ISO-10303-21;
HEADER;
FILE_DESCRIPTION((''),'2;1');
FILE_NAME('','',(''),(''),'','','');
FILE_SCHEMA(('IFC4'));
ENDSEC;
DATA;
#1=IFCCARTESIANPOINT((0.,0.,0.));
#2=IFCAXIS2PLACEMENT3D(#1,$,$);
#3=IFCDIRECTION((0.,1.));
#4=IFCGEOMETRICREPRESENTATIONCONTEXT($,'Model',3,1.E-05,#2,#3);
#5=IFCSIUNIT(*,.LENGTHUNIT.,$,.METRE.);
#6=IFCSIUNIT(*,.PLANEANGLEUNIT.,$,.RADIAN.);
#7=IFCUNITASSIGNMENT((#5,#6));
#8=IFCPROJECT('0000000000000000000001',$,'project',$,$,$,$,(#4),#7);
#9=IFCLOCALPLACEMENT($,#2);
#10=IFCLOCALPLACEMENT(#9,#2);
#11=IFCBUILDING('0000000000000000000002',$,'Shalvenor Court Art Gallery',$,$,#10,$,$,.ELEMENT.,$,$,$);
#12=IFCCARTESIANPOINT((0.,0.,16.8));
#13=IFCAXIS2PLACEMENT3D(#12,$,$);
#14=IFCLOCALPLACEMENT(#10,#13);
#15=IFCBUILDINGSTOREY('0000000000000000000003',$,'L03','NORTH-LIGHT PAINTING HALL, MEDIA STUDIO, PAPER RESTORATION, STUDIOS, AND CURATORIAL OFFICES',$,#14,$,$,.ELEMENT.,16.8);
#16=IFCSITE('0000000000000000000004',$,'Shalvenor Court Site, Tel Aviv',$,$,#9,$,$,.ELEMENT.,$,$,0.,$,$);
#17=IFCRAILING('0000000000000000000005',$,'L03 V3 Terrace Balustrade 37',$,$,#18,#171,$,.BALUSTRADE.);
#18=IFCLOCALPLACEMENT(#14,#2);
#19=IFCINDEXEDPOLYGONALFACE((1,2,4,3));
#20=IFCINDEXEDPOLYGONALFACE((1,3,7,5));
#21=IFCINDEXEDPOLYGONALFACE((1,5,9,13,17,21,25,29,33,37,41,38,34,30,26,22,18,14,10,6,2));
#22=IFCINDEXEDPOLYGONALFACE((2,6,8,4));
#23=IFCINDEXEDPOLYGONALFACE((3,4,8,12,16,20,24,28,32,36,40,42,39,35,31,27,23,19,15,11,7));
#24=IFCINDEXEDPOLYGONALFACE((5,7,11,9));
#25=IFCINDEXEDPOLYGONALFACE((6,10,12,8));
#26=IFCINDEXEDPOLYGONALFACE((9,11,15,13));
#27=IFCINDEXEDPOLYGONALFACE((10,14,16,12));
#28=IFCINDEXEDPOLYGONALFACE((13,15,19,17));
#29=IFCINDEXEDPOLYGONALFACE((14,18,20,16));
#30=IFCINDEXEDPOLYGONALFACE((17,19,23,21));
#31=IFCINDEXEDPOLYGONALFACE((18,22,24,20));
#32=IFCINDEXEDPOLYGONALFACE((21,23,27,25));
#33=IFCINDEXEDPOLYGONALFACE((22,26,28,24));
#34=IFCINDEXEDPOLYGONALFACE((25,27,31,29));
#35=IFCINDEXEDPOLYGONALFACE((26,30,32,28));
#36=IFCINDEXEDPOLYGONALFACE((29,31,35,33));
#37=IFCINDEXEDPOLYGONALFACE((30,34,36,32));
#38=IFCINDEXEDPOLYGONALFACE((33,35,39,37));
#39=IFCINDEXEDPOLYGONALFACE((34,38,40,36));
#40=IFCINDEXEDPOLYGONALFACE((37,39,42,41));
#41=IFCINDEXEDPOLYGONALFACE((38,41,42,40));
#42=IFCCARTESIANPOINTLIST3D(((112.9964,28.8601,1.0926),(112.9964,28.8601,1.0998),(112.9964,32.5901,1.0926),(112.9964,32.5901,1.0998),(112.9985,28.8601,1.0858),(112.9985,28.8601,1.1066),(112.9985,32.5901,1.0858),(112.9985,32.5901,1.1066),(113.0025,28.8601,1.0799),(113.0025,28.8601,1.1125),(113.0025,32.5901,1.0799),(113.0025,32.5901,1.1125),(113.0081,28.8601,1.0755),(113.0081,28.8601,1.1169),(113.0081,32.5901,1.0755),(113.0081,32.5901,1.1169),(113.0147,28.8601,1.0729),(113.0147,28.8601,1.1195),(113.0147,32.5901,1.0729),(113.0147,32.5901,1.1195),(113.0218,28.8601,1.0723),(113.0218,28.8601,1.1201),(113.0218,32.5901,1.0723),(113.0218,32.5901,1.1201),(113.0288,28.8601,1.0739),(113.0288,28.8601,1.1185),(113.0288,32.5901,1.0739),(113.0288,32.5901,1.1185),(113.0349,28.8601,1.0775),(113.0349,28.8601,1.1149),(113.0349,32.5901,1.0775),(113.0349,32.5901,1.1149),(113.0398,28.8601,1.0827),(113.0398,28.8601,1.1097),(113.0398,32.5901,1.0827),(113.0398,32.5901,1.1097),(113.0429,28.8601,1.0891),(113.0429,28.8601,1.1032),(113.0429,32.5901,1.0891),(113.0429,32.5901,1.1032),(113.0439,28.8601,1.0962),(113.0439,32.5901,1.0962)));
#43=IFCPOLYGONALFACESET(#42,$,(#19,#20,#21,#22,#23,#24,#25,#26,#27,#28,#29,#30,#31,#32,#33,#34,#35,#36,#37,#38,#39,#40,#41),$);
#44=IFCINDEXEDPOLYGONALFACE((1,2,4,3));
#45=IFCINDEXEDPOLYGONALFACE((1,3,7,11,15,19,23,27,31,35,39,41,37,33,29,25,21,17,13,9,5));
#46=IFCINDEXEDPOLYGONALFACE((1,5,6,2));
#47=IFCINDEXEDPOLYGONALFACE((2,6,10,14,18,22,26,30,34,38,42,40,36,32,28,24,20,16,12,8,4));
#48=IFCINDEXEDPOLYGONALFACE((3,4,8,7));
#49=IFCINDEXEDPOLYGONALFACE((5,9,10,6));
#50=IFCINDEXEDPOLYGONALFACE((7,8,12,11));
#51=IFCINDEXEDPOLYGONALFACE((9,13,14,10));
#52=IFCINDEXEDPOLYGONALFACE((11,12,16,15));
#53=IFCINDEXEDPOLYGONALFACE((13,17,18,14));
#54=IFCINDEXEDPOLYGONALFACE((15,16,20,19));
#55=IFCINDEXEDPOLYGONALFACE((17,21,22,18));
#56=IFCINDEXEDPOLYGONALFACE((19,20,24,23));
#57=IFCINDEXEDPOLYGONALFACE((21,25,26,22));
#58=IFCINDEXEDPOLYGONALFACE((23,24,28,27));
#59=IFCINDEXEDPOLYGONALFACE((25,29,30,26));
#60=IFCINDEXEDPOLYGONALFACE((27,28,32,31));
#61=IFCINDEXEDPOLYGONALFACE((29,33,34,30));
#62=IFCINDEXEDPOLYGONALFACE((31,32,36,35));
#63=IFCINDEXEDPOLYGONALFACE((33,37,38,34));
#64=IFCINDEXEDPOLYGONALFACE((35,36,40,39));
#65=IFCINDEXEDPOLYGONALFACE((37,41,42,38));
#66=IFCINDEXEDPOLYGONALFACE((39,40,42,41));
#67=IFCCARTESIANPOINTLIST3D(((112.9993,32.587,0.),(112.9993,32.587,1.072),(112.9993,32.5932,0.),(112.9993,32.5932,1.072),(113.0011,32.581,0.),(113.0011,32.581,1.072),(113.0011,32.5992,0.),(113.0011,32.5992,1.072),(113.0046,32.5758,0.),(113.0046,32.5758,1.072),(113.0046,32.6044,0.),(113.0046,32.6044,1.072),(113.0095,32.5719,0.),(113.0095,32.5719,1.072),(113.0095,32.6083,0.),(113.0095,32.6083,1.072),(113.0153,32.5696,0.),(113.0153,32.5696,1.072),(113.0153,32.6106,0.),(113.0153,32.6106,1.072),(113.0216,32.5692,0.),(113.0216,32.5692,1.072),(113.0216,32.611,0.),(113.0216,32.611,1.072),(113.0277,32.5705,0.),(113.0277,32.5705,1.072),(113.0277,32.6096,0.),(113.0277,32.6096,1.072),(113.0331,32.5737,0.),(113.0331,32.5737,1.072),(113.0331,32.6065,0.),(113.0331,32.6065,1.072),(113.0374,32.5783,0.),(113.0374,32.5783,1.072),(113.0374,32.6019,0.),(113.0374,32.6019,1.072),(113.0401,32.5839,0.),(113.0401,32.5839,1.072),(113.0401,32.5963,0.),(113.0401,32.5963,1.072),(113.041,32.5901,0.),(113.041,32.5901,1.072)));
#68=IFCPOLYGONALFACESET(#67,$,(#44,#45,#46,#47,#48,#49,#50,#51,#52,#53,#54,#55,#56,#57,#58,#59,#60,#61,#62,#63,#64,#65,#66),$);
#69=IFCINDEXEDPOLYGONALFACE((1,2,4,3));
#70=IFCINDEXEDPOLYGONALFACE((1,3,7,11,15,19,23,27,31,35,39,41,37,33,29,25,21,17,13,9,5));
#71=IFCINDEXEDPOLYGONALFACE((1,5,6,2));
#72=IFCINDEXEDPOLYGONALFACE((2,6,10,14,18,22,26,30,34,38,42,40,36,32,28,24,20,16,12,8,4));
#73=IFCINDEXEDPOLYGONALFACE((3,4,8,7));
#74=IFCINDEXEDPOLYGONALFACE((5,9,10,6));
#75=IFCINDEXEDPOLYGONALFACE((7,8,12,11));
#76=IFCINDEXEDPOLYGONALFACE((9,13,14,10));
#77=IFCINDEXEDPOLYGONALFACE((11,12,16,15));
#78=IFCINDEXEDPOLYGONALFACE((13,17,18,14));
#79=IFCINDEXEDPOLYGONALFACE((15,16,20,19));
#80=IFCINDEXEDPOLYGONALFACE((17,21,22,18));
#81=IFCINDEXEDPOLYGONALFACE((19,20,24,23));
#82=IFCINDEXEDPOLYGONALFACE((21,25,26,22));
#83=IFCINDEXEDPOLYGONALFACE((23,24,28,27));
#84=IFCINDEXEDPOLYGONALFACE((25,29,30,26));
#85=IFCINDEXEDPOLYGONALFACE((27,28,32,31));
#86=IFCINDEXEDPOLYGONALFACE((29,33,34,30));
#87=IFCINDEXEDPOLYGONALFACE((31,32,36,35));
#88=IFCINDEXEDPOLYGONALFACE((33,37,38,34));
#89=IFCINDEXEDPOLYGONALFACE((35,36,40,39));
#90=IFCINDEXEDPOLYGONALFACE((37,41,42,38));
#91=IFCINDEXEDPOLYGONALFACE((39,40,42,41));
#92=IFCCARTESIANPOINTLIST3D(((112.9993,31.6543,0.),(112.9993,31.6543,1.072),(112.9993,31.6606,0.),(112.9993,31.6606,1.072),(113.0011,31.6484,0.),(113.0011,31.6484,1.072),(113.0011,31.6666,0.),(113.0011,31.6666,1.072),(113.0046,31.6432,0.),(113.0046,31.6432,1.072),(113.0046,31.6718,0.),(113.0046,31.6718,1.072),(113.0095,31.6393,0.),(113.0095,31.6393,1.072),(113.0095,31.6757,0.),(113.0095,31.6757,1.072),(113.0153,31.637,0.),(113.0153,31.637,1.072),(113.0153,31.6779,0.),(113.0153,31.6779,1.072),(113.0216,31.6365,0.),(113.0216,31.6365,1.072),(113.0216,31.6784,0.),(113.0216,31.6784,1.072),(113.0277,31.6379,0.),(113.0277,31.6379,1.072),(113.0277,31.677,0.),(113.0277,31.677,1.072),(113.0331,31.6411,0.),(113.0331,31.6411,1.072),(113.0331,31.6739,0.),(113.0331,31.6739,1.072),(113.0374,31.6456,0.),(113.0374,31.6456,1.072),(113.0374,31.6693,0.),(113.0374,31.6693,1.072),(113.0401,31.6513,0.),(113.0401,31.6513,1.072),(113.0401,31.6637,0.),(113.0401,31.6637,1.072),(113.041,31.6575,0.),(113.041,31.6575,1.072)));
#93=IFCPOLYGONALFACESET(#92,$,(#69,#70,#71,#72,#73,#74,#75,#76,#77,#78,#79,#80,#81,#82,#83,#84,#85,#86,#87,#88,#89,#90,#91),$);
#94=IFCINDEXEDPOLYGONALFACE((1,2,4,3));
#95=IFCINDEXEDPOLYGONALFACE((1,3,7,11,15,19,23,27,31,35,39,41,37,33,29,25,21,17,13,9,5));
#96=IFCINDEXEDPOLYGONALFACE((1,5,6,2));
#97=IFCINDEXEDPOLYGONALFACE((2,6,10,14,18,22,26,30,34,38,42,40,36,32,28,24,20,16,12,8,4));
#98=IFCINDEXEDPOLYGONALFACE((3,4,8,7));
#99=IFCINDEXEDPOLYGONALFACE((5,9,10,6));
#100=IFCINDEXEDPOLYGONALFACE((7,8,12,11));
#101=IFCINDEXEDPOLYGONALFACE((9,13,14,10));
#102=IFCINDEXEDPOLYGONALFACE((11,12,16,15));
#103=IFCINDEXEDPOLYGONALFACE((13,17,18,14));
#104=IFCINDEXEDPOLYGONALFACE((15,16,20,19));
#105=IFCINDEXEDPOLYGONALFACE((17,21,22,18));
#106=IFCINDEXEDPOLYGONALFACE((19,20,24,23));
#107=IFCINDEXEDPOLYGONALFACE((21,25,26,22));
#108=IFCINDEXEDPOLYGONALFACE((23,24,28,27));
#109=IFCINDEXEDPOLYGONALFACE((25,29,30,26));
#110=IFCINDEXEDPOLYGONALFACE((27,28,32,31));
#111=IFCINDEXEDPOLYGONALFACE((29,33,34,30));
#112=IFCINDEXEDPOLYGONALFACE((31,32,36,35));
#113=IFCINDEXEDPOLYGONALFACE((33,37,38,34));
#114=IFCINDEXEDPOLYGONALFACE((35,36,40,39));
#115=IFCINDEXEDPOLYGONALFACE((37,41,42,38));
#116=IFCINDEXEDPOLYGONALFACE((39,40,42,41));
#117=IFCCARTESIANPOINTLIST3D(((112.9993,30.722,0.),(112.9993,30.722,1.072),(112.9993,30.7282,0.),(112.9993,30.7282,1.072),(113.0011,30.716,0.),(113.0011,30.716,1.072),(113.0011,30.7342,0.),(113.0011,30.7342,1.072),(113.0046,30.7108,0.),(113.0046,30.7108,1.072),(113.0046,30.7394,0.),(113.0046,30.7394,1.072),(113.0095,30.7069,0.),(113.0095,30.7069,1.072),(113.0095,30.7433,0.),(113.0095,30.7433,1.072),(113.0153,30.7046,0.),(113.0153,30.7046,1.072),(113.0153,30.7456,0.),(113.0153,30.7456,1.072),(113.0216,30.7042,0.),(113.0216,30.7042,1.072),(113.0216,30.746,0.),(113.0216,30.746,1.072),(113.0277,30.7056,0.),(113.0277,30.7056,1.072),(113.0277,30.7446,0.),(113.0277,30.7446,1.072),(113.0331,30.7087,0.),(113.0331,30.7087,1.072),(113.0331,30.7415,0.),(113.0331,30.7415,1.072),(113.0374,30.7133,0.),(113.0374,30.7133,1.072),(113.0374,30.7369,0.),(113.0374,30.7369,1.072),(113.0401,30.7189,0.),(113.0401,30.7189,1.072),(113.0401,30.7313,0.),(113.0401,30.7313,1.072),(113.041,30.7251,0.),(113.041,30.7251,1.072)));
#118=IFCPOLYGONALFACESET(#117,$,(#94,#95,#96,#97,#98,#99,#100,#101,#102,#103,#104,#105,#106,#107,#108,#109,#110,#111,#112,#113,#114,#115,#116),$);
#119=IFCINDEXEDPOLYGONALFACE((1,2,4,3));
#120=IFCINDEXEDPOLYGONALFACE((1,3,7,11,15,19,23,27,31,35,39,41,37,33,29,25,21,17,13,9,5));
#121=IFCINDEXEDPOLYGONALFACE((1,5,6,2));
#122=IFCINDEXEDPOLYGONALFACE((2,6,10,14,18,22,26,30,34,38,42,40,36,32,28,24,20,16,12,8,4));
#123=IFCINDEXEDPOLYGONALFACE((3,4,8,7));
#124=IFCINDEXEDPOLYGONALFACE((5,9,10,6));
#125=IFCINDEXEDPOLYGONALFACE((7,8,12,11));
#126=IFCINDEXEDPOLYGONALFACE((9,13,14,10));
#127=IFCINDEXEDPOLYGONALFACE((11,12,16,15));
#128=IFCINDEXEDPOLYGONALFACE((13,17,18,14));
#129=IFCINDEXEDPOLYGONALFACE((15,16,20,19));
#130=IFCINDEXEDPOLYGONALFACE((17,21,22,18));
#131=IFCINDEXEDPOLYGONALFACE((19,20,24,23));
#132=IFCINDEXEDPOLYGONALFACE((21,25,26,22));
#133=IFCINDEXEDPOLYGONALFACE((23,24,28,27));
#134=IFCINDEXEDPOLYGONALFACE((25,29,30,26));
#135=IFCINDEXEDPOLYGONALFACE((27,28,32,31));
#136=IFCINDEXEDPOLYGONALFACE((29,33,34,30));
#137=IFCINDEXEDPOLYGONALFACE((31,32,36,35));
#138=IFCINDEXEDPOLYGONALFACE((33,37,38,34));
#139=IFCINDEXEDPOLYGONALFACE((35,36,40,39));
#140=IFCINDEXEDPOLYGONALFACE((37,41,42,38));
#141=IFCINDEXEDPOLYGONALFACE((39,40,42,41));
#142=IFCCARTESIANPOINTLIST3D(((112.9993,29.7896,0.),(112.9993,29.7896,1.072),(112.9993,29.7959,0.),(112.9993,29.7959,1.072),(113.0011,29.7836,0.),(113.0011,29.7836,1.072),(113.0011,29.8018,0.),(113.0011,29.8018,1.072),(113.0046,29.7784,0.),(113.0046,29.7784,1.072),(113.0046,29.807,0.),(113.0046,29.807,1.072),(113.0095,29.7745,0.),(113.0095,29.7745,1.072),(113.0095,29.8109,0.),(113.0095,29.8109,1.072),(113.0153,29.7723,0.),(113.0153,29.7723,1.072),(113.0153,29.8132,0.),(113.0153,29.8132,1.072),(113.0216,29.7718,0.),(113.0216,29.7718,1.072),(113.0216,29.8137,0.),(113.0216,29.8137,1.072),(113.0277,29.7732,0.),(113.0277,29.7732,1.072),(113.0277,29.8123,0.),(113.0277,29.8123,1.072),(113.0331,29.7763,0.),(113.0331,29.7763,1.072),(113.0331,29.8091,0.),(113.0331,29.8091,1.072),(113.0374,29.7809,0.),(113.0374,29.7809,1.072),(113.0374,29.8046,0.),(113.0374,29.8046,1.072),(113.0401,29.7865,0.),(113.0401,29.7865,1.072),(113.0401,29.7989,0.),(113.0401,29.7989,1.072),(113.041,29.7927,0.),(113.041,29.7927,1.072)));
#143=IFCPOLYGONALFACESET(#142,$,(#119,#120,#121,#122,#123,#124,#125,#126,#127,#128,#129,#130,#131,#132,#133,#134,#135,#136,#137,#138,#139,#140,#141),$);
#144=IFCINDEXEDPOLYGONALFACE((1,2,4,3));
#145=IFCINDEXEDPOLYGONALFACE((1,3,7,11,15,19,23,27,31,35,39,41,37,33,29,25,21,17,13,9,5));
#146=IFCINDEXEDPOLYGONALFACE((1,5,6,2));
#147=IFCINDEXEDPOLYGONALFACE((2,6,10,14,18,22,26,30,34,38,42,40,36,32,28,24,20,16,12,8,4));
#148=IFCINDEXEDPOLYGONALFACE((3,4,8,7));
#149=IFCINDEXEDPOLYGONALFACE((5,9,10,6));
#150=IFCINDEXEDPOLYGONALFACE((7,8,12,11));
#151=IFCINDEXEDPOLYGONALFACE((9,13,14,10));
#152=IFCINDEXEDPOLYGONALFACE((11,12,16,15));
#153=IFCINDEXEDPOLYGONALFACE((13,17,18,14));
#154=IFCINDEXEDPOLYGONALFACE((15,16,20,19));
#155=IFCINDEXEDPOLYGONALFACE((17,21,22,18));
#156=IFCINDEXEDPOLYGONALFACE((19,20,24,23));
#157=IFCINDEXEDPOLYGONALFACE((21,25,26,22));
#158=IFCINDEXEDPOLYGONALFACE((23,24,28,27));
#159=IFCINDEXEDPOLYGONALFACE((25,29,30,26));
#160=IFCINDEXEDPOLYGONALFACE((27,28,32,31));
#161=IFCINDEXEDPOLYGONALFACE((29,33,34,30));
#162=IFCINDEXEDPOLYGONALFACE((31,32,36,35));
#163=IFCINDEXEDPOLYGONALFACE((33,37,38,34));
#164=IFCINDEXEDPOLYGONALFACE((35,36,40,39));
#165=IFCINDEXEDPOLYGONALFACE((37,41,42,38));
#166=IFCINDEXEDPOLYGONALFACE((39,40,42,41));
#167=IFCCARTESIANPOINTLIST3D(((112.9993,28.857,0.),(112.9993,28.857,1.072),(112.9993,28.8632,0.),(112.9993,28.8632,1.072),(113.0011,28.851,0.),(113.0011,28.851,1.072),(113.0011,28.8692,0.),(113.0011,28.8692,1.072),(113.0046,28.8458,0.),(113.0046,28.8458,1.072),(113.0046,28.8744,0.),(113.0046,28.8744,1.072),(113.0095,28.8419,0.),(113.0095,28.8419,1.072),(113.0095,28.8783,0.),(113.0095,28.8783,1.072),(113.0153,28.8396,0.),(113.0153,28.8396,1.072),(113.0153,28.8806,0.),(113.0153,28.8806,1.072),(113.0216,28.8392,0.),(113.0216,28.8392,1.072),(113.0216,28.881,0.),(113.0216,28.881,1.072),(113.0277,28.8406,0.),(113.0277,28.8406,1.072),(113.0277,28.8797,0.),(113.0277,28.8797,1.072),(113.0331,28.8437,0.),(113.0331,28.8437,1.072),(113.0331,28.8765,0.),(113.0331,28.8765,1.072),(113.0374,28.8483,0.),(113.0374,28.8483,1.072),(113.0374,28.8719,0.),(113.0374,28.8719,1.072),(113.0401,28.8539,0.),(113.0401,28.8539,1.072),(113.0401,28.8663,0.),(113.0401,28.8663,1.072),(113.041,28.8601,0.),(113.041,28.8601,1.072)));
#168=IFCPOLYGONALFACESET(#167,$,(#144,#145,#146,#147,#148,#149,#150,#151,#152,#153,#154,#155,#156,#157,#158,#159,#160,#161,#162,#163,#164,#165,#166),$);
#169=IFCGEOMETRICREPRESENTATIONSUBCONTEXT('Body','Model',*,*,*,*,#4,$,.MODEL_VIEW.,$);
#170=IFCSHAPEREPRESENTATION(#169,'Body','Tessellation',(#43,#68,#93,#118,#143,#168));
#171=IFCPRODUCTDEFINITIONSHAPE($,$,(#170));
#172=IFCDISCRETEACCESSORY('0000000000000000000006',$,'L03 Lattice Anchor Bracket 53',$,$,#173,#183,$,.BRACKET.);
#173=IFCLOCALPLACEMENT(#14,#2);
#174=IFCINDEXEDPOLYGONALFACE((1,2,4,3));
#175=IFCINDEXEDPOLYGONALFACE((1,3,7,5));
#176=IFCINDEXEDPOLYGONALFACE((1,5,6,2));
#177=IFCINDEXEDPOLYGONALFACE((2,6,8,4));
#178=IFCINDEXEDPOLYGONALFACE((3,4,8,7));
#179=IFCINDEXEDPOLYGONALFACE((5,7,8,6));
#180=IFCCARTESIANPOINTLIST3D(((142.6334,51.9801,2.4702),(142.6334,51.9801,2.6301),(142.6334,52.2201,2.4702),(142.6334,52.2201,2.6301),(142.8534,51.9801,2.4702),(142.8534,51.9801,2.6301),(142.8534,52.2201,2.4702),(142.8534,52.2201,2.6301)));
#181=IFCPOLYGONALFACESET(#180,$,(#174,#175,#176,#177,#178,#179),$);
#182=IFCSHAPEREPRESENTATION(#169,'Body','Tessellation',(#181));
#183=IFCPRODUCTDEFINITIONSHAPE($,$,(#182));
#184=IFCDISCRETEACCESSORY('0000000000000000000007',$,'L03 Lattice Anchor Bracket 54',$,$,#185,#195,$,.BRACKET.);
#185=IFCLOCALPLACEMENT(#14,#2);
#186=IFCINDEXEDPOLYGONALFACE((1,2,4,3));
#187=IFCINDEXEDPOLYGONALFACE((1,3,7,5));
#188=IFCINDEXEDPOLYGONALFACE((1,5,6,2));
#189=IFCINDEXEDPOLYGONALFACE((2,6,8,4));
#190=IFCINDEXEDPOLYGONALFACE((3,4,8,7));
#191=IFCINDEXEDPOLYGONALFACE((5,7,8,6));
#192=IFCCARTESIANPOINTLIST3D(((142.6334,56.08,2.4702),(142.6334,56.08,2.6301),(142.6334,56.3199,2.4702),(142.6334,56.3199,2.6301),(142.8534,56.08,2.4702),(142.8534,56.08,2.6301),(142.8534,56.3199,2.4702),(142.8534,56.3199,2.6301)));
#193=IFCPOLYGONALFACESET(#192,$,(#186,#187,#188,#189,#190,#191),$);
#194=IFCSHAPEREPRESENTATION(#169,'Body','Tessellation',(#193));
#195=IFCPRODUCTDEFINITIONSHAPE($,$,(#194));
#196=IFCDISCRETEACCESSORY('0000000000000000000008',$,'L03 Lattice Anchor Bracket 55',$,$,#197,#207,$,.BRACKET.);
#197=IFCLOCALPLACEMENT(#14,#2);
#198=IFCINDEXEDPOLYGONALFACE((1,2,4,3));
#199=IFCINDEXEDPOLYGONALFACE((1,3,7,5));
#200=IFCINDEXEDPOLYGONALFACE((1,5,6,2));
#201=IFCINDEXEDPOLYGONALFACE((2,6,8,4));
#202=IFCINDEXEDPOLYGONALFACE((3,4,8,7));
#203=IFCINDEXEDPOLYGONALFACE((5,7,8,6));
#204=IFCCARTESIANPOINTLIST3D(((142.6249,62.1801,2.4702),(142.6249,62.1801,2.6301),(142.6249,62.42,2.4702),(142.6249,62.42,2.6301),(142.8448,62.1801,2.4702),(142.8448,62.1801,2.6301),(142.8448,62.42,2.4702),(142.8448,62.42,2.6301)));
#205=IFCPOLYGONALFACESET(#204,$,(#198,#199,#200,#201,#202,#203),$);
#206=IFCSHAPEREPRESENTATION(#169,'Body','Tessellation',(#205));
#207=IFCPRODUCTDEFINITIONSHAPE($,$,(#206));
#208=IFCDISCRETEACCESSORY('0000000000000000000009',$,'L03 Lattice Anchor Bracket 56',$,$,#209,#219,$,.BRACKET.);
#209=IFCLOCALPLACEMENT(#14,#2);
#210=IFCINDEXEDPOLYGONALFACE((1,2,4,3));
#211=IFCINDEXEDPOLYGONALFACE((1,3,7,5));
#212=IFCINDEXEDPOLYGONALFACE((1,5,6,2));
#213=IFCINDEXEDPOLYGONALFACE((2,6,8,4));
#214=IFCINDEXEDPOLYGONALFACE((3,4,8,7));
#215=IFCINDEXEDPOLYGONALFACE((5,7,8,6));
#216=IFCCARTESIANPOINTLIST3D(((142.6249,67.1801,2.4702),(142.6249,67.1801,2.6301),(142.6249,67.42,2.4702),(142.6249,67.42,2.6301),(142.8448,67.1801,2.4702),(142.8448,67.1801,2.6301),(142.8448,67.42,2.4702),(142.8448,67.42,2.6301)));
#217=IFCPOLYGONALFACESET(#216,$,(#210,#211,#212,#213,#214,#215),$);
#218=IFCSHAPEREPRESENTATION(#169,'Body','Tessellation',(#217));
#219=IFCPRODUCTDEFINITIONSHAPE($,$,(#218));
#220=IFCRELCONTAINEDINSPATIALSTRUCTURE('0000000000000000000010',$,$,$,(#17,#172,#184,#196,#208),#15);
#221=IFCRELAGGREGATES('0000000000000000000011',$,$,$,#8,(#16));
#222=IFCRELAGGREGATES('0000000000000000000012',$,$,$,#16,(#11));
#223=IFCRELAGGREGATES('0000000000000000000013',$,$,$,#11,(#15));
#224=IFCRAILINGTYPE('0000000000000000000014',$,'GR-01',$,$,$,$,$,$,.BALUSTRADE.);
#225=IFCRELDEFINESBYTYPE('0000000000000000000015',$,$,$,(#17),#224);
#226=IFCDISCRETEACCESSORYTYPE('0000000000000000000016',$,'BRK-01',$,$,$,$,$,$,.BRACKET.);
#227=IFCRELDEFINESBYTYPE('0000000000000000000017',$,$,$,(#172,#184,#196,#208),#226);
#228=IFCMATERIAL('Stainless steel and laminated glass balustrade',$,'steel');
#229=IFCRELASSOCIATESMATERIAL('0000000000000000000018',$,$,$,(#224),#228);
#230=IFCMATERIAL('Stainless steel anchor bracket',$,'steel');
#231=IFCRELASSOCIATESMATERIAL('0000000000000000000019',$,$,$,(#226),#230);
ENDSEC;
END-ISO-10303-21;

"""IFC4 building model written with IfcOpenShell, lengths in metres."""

from ifc_helpers import new_model, si_unit, direction, frame, origin, origin_2d, place, context, subcontext, project, spatial, rectangle, circle, extrude, material, type_object, element, save


model = new_model("IFC4")

# Units and contexts
model_context = context("Model", 3, precision=1e-05, world=origin(), true_north=direction((0.0, 1.0)))
body_context = subcontext(model_context, "Body", "Model", "MODEL_VIEW")
ifc_project = project(units=[si_unit("LENGTHUNIT", "METRE"), si_unit("PLANEANGLEUNIT", "RADIAN")], contexts=[model_context])

# Site, building, storey
site_placement = place(None, origin())
site = spatial("IfcSite", under=ifc_project, at=site_placement, Name="Shalvenor Court Site, Tel Aviv", CompositionType="ELEMENT", RefElevation=0.0)
building_placement = place(site_placement, origin())
building = spatial("IfcBuilding", under=site, at=building_placement, Name="Shalvenor Court Art Gallery", CompositionType="ELEMENT")
storey_placement = place(building_placement, frame((0.0, 0.0, 16.8)))
storey = spatial("IfcBuildingStorey", under=building, at=storey_placement, Name="L03", Description="NORTH-LIGHT PAINTING HALL, MEDIA STUDIO, PAPER RESTORATION, STUDIOS, AND CURATORIAL OFFICES", CompositionType="ELEMENT", Elevation=16.8)

# Railing
ifc_material_1 = material(Name="Stainless steel and laminated glass balustrade", Category="steel")
railing_type = type_object("IfcRailingType", Name="GR-01", PredefinedType="BALUSTRADE", material=ifc_material_1)
railing_1_placement = place(storey_placement, frame((113.02, 32.5901, 0.0)))
element("IfcRailing", 1, at=railing_1_placement, inside=storey, type_object=railing_type, Name="L03 V3 Terrace Balustrade 37", PredefinedType="BALUSTRADE", context=body_context, shape_type="SweptSolid", body=[
    extrude(circle(Radius=0.0239, at=origin_2d()), frame((0.0, 0.0, 1.0962), z_axis=(0.0, -1.0, 0.0), x_axis=(1.0, 0.0, 0.0)), (0.0, 0.0, 1.0), 3.73),
    extrude(circle(Radius=0.021, at=origin_2d()), origin(), (0.0, 0.0, 1.0), 1.072),
    extrude(circle(Radius=0.021, at=origin_2d()), frame((0.0, -0.9326, 0.0)), (0.0, 0.0, 1.0), 1.072),
    extrude(circle(Radius=0.021, at=origin_2d()), frame((0.0, -1.865, 0.0)), (0.0, 0.0, 1.0), 1.072),
    extrude(circle(Radius=0.021, at=origin_2d()), frame((0.0, -2.7974, 0.0)), (0.0, 0.0, 1.0), 1.072),
    extrude(circle(Radius=0.021, at=origin_2d()), frame((0.0, -3.73, 0.0)), (0.0, 0.0, 1.0), 1.072),
])

# Discrete accessories
ifc_material_2 = material(Name="Stainless steel anchor bracket", Category="steel")
discrete_accessory_type = type_object("IfcDiscreteAccessoryType", Name="BRK-01", PredefinedType="BRACKET", material=ifc_material_2)
for number, where, z_axis, x_axis, name in (
    (2, (142.7434, 52.1001, 2.4702), (0.0, 0.0, 1.0), (0.0, 1.0, 0.0), "L03 Lattice Anchor Bracket 53"),
    (3, (142.7434, 56.2, 2.4702), (0.0, 0.0, 1.0), (0.0, 1.0, 0.0), "L03 Lattice Anchor Bracket 54"),
    (4, (142.7349, 62.3, 2.4702), (0.0, 0.0, 1.0), (0.0, 1.0, 0.0), "L03 Lattice Anchor Bracket 55"),
    (5, (142.7349, 67.3, 2.4702), (0.0, 0.0, 1.0), (0.0, 1.0, 0.0), "L03 Lattice Anchor Bracket 56"),
):
    element("IfcDiscreteAccessory", number, at=place(storey_placement, frame(where, z_axis=z_axis, x_axis=x_axis)), inside=storey, type_object=discrete_accessory_type, Name=name, PredefinedType="BRACKET", context=body_context, shape_type="SweptSolid", body=[
        extrude(rectangle(XDim=0.24, YDim=0.22, at=origin_2d()), origin(), (0.0, 0.0, 1.0), 0.1599),
    ])

save(model, "model.ifc")
